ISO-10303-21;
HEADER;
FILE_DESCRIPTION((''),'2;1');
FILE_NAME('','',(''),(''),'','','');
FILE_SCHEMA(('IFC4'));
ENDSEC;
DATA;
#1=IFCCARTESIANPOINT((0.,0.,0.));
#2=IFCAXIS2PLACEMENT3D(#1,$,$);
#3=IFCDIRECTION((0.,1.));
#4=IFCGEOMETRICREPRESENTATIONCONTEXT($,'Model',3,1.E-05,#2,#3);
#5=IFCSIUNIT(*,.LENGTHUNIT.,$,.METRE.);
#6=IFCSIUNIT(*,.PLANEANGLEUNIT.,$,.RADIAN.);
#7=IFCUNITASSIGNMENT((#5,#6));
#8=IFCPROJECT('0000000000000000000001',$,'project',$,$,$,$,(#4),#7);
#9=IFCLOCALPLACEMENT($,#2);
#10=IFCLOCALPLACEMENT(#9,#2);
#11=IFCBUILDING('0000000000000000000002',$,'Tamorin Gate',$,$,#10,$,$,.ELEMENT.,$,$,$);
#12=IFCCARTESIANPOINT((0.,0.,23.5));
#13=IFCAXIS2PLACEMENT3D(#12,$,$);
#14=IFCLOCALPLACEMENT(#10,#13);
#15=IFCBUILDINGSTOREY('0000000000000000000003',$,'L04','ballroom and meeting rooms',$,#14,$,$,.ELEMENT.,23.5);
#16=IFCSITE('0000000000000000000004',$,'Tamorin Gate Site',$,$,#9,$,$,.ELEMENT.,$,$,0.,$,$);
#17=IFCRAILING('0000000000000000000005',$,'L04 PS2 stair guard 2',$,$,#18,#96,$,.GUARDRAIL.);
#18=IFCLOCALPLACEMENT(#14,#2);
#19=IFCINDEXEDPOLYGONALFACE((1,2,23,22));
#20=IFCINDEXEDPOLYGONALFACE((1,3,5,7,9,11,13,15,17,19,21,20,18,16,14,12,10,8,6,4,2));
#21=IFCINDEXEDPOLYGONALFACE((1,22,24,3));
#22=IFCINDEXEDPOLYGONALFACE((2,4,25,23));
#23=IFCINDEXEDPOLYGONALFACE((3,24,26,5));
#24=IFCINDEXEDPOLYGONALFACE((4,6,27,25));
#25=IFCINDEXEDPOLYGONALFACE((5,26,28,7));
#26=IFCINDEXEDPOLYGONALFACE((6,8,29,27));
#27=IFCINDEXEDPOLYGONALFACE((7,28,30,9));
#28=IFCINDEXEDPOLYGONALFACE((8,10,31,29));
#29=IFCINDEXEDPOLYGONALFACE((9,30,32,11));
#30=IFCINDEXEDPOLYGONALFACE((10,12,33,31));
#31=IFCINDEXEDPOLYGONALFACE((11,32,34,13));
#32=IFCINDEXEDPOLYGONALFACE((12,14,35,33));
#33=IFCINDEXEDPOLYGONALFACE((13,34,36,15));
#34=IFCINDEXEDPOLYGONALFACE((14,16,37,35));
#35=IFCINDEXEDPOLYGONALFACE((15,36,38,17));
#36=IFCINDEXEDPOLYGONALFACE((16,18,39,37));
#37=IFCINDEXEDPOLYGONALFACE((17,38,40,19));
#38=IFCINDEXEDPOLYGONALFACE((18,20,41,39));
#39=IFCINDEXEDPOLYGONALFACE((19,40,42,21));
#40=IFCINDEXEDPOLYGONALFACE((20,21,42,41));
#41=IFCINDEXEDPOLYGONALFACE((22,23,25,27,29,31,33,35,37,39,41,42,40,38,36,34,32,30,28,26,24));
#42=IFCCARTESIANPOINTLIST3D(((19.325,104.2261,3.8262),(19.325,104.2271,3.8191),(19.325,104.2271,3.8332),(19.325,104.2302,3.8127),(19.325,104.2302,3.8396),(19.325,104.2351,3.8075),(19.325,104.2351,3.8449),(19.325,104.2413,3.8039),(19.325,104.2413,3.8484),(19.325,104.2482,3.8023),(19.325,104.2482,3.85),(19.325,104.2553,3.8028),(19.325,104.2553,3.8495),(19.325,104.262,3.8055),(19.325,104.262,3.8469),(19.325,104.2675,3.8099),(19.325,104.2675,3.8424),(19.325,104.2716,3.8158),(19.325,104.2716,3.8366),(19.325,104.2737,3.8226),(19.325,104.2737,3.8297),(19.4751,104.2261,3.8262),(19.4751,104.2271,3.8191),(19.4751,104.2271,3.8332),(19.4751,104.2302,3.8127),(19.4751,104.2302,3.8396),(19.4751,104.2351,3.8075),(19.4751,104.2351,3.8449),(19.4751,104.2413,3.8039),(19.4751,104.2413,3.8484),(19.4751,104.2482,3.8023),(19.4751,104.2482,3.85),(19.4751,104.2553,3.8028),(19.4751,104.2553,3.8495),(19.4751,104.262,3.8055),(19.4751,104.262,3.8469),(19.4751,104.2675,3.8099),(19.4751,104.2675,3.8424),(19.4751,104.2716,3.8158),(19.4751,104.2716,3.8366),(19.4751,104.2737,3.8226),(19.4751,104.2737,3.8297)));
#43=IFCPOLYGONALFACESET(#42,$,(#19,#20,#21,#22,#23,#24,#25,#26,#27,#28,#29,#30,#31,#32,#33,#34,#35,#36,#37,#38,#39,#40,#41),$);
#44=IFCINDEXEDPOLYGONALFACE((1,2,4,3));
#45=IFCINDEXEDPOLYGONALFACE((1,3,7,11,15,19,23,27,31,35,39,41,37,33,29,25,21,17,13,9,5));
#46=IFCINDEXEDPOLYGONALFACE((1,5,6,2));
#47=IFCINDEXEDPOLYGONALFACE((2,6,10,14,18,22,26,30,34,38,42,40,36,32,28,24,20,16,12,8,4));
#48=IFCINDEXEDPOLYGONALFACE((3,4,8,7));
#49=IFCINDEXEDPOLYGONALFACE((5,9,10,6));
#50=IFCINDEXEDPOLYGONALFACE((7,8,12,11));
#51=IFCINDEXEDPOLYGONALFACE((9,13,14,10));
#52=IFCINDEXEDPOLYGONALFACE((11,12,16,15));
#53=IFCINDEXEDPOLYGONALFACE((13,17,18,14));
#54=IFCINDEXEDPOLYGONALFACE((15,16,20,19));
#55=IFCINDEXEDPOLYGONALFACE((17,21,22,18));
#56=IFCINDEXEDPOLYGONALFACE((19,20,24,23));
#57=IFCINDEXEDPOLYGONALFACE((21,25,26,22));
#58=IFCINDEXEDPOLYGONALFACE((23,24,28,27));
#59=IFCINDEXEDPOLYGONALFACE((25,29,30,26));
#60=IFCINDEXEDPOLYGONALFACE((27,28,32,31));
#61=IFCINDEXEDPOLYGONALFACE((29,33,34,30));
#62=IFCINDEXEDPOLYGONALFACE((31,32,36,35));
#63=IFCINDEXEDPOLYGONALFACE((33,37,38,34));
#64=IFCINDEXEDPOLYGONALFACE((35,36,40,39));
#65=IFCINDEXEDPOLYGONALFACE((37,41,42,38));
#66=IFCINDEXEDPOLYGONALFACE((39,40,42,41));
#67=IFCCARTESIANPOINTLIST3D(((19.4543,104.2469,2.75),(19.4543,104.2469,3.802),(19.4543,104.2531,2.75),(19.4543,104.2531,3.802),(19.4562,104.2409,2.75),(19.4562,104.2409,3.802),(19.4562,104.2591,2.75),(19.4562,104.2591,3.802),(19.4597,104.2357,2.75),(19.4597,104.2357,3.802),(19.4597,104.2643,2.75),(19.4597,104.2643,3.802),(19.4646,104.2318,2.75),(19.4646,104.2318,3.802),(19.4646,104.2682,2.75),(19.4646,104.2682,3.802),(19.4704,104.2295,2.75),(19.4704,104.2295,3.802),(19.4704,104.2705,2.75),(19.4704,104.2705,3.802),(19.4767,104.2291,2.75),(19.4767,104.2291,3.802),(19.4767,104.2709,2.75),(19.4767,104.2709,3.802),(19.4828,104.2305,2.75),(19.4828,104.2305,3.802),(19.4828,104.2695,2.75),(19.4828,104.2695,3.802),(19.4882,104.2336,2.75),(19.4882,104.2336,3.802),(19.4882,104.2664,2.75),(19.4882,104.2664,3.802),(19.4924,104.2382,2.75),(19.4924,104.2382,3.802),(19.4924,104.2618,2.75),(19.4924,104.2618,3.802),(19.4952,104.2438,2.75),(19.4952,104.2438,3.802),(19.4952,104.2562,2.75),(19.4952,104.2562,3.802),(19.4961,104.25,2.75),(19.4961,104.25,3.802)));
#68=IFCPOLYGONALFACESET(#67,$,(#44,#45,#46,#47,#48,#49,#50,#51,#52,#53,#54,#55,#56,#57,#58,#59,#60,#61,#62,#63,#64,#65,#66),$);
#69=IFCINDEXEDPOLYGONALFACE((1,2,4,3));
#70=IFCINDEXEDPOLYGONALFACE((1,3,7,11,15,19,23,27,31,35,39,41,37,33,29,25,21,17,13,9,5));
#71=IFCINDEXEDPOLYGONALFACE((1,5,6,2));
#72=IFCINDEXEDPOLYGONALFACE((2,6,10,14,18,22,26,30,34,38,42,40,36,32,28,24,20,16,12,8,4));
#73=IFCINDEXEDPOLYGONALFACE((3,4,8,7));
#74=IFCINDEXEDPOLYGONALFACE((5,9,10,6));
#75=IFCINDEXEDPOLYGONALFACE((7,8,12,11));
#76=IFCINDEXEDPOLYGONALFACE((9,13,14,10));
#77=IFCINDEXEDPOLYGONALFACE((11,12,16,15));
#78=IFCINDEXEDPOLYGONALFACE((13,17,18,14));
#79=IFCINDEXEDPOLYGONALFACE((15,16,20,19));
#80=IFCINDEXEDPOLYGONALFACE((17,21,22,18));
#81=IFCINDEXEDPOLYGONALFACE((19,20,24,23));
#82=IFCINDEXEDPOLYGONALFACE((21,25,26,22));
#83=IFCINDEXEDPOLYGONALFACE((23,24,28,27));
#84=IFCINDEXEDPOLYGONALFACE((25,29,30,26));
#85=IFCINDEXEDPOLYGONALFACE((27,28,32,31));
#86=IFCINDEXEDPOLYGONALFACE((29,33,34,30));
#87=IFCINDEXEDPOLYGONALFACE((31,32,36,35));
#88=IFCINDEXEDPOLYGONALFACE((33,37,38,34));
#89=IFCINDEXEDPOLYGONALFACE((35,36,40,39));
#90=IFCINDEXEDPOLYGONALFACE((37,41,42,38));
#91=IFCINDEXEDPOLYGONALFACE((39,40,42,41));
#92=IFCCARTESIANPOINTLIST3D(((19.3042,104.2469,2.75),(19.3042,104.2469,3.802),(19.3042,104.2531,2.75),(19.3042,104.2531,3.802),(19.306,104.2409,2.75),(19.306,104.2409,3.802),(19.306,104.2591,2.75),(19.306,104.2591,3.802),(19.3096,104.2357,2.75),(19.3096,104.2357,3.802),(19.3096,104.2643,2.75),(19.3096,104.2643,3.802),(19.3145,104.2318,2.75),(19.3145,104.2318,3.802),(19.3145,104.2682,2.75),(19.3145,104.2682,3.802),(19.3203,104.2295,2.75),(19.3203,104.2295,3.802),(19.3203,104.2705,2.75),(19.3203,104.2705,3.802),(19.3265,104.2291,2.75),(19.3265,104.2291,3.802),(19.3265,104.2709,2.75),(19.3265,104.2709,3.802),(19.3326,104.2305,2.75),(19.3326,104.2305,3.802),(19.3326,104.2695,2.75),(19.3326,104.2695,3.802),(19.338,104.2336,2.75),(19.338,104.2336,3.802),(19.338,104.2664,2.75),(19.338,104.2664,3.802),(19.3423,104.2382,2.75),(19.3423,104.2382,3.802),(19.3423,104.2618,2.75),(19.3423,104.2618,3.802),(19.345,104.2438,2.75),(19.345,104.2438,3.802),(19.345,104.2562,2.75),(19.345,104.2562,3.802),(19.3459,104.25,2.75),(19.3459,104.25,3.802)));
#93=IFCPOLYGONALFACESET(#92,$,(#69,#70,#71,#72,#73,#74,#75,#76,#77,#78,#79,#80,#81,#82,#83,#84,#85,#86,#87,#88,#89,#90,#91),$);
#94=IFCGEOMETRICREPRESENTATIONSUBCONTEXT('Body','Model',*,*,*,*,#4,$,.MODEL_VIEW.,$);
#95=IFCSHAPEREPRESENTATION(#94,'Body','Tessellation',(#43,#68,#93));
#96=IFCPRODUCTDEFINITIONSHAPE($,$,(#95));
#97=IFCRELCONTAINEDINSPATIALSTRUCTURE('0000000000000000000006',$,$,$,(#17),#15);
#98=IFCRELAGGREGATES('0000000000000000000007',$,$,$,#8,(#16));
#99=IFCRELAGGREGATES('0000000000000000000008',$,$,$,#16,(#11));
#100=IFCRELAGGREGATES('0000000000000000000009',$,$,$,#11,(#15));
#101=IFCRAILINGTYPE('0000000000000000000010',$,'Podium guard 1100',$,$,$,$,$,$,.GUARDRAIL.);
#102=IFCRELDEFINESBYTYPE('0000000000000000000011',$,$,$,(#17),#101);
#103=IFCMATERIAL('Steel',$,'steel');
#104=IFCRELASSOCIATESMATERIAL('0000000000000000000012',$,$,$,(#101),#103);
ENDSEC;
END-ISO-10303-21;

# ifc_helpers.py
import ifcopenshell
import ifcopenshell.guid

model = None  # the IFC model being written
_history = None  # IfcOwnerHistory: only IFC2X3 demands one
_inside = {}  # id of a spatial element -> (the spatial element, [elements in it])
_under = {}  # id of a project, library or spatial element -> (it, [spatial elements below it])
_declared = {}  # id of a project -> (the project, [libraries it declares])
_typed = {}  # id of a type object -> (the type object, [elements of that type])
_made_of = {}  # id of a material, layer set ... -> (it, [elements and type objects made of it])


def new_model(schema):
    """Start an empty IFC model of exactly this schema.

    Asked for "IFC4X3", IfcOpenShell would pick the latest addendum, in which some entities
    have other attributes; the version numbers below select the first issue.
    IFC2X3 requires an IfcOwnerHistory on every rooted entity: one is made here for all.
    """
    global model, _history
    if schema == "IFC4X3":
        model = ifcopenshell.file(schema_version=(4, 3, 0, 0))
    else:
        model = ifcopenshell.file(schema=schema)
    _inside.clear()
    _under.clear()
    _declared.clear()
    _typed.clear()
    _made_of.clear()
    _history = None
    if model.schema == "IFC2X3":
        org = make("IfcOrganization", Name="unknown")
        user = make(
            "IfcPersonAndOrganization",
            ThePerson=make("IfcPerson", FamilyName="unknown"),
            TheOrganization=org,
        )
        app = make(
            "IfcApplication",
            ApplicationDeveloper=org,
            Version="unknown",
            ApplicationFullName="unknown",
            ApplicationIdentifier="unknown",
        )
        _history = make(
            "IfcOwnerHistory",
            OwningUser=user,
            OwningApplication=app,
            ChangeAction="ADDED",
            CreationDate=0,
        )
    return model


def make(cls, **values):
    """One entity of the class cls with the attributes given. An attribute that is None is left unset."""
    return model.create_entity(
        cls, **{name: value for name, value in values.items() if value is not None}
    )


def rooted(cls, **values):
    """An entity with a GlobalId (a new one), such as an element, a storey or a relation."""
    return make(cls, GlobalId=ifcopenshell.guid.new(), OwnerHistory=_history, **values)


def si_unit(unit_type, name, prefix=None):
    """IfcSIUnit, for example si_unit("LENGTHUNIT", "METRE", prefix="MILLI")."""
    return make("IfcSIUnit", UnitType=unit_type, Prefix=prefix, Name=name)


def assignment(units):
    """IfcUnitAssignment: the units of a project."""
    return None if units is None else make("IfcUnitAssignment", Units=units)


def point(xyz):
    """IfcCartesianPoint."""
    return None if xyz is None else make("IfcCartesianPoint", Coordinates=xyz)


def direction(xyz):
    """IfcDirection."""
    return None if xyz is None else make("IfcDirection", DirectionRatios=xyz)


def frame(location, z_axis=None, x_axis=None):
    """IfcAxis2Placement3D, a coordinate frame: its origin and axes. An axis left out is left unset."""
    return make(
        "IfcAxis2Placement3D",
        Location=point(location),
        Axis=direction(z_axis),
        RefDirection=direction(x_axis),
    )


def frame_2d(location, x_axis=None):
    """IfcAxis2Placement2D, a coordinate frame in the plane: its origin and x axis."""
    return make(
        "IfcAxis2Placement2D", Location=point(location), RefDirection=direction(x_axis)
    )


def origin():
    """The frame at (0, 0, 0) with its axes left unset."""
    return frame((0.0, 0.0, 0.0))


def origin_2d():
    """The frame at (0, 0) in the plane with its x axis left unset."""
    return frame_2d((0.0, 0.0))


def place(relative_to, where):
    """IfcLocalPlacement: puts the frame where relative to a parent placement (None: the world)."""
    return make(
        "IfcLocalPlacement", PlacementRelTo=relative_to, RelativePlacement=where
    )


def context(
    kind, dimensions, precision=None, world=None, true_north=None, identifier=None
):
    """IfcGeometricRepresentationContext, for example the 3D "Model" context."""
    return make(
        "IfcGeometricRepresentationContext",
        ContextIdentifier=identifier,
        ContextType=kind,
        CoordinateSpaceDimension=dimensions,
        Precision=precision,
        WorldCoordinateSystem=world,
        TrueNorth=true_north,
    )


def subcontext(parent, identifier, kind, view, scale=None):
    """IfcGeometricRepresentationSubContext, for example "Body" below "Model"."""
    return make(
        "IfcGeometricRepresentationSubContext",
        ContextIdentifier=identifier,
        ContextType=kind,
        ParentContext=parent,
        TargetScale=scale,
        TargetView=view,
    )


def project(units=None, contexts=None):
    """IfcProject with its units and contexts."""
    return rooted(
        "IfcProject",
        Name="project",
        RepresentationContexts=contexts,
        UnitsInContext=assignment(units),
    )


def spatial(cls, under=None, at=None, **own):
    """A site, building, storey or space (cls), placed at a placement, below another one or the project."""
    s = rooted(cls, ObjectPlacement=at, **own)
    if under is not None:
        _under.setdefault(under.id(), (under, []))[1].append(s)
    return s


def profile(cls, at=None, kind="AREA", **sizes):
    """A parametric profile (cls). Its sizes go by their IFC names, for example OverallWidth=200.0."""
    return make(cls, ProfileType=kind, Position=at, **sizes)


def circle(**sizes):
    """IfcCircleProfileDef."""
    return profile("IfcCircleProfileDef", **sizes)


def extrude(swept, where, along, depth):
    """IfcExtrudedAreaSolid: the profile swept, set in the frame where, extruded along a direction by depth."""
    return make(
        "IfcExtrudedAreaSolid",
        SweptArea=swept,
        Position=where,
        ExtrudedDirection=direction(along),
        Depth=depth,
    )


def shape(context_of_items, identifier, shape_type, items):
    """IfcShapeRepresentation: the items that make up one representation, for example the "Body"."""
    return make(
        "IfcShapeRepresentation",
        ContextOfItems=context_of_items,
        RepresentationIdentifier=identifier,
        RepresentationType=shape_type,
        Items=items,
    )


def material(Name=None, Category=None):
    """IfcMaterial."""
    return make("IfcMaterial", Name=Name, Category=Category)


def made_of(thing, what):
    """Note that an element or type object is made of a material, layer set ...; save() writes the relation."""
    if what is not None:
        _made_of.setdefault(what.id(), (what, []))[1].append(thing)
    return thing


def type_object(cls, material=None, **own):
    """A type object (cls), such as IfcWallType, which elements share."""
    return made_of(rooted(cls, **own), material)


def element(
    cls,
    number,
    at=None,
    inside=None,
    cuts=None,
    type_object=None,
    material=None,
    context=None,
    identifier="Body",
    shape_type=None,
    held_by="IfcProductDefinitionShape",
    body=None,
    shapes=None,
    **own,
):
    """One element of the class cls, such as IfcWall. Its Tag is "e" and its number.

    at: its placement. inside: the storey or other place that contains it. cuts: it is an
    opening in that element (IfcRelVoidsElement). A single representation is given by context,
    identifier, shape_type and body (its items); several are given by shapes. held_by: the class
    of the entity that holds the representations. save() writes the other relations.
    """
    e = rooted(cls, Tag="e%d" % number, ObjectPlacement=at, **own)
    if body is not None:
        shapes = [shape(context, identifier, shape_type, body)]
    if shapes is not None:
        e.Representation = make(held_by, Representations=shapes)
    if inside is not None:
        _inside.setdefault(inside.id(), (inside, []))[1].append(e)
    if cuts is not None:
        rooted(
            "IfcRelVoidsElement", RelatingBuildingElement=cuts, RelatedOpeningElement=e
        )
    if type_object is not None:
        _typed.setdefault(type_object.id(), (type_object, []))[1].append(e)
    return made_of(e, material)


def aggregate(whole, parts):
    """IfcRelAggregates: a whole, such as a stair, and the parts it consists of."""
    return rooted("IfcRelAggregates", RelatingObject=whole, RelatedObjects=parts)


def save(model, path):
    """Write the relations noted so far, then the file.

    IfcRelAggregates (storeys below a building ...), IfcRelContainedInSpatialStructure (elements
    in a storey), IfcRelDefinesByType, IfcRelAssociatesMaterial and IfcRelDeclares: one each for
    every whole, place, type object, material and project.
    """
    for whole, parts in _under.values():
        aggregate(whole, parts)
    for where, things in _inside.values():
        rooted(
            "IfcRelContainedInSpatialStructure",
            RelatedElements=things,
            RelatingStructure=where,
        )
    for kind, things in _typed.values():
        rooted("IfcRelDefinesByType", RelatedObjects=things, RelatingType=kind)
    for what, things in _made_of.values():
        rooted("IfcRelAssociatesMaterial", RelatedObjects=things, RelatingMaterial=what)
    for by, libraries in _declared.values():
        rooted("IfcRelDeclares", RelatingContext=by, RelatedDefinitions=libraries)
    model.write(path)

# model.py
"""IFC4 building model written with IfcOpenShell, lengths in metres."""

from ifc_helpers import new_model, si_unit, direction, frame, origin, origin_2d, place, context, subcontext, project, spatial, circle, extrude, material, type_object, element, save


model = new_model("IFC4")

# Units and contexts
model_context = context("Model", 3, precision=1e-05, world=origin(), true_north=direction((0.0, 1.0)))
body_context = subcontext(model_context, "Body", "Model", "MODEL_VIEW")
ifc_project = project(units=[si_unit("LENGTHUNIT", "METRE"), si_unit("PLANEANGLEUNIT", "RADIAN")], contexts=[model_context])

# Site, building, storey
site_placement = place(None, origin())
site = spatial("IfcSite", under=ifc_project, at=site_placement, Name="Tamorin Gate Site", CompositionType="ELEMENT", RefElevation=0.0)
building_placement = place(site_placement, origin())
building = spatial("IfcBuilding", under=site, at=building_placement, Name="Tamorin Gate", CompositionType="ELEMENT")
storey_placement = place(building_placement, frame((0.0, 0.0, 23.5)))
storey = spatial("IfcBuildingStorey", under=building, at=storey_placement, Name="L04", Description="ballroom and meeting rooms", CompositionType="ELEMENT", Elevation=23.5)

# Railing
ifc_material_1 = material(Name="Steel", Category="steel")
railing_type_1 = type_object("IfcRailingType", Name="Podium guard 1100", PredefinedType="GUARDRAIL", material=ifc_material_1)
railing_1_placement = place(storey_placement, frame((19.4751, 104.25, 2.75)))
element("IfcRailing", 1, at=railing_1_placement, inside=storey, type_object=railing_type_1, Name="L04 PS2 stair guard 2", PredefinedType="GUARDRAIL", context=body_context, shape_type="SweptSolid", body=[
    extrude(circle(Radius=0.0239, at=origin_2d()), frame((0.0, 0.0, 1.0762), z_axis=(-1.0, 0.0, 0.0), x_axis=(0.0, -1.0, 0.0)), (0.0, 0.0, 1.0), 0.1501),
    extrude(circle(Radius=0.021, at=origin_2d()), origin(), (0.0, 0.0, 1.0), 1.052),
    extrude(circle(Radius=0.021, at=origin_2d()), frame((-0.1501, 0.0, 0.0)), (0.0, 0.0, 1.0), 1.052),
])

save(model, "model.ifc")
